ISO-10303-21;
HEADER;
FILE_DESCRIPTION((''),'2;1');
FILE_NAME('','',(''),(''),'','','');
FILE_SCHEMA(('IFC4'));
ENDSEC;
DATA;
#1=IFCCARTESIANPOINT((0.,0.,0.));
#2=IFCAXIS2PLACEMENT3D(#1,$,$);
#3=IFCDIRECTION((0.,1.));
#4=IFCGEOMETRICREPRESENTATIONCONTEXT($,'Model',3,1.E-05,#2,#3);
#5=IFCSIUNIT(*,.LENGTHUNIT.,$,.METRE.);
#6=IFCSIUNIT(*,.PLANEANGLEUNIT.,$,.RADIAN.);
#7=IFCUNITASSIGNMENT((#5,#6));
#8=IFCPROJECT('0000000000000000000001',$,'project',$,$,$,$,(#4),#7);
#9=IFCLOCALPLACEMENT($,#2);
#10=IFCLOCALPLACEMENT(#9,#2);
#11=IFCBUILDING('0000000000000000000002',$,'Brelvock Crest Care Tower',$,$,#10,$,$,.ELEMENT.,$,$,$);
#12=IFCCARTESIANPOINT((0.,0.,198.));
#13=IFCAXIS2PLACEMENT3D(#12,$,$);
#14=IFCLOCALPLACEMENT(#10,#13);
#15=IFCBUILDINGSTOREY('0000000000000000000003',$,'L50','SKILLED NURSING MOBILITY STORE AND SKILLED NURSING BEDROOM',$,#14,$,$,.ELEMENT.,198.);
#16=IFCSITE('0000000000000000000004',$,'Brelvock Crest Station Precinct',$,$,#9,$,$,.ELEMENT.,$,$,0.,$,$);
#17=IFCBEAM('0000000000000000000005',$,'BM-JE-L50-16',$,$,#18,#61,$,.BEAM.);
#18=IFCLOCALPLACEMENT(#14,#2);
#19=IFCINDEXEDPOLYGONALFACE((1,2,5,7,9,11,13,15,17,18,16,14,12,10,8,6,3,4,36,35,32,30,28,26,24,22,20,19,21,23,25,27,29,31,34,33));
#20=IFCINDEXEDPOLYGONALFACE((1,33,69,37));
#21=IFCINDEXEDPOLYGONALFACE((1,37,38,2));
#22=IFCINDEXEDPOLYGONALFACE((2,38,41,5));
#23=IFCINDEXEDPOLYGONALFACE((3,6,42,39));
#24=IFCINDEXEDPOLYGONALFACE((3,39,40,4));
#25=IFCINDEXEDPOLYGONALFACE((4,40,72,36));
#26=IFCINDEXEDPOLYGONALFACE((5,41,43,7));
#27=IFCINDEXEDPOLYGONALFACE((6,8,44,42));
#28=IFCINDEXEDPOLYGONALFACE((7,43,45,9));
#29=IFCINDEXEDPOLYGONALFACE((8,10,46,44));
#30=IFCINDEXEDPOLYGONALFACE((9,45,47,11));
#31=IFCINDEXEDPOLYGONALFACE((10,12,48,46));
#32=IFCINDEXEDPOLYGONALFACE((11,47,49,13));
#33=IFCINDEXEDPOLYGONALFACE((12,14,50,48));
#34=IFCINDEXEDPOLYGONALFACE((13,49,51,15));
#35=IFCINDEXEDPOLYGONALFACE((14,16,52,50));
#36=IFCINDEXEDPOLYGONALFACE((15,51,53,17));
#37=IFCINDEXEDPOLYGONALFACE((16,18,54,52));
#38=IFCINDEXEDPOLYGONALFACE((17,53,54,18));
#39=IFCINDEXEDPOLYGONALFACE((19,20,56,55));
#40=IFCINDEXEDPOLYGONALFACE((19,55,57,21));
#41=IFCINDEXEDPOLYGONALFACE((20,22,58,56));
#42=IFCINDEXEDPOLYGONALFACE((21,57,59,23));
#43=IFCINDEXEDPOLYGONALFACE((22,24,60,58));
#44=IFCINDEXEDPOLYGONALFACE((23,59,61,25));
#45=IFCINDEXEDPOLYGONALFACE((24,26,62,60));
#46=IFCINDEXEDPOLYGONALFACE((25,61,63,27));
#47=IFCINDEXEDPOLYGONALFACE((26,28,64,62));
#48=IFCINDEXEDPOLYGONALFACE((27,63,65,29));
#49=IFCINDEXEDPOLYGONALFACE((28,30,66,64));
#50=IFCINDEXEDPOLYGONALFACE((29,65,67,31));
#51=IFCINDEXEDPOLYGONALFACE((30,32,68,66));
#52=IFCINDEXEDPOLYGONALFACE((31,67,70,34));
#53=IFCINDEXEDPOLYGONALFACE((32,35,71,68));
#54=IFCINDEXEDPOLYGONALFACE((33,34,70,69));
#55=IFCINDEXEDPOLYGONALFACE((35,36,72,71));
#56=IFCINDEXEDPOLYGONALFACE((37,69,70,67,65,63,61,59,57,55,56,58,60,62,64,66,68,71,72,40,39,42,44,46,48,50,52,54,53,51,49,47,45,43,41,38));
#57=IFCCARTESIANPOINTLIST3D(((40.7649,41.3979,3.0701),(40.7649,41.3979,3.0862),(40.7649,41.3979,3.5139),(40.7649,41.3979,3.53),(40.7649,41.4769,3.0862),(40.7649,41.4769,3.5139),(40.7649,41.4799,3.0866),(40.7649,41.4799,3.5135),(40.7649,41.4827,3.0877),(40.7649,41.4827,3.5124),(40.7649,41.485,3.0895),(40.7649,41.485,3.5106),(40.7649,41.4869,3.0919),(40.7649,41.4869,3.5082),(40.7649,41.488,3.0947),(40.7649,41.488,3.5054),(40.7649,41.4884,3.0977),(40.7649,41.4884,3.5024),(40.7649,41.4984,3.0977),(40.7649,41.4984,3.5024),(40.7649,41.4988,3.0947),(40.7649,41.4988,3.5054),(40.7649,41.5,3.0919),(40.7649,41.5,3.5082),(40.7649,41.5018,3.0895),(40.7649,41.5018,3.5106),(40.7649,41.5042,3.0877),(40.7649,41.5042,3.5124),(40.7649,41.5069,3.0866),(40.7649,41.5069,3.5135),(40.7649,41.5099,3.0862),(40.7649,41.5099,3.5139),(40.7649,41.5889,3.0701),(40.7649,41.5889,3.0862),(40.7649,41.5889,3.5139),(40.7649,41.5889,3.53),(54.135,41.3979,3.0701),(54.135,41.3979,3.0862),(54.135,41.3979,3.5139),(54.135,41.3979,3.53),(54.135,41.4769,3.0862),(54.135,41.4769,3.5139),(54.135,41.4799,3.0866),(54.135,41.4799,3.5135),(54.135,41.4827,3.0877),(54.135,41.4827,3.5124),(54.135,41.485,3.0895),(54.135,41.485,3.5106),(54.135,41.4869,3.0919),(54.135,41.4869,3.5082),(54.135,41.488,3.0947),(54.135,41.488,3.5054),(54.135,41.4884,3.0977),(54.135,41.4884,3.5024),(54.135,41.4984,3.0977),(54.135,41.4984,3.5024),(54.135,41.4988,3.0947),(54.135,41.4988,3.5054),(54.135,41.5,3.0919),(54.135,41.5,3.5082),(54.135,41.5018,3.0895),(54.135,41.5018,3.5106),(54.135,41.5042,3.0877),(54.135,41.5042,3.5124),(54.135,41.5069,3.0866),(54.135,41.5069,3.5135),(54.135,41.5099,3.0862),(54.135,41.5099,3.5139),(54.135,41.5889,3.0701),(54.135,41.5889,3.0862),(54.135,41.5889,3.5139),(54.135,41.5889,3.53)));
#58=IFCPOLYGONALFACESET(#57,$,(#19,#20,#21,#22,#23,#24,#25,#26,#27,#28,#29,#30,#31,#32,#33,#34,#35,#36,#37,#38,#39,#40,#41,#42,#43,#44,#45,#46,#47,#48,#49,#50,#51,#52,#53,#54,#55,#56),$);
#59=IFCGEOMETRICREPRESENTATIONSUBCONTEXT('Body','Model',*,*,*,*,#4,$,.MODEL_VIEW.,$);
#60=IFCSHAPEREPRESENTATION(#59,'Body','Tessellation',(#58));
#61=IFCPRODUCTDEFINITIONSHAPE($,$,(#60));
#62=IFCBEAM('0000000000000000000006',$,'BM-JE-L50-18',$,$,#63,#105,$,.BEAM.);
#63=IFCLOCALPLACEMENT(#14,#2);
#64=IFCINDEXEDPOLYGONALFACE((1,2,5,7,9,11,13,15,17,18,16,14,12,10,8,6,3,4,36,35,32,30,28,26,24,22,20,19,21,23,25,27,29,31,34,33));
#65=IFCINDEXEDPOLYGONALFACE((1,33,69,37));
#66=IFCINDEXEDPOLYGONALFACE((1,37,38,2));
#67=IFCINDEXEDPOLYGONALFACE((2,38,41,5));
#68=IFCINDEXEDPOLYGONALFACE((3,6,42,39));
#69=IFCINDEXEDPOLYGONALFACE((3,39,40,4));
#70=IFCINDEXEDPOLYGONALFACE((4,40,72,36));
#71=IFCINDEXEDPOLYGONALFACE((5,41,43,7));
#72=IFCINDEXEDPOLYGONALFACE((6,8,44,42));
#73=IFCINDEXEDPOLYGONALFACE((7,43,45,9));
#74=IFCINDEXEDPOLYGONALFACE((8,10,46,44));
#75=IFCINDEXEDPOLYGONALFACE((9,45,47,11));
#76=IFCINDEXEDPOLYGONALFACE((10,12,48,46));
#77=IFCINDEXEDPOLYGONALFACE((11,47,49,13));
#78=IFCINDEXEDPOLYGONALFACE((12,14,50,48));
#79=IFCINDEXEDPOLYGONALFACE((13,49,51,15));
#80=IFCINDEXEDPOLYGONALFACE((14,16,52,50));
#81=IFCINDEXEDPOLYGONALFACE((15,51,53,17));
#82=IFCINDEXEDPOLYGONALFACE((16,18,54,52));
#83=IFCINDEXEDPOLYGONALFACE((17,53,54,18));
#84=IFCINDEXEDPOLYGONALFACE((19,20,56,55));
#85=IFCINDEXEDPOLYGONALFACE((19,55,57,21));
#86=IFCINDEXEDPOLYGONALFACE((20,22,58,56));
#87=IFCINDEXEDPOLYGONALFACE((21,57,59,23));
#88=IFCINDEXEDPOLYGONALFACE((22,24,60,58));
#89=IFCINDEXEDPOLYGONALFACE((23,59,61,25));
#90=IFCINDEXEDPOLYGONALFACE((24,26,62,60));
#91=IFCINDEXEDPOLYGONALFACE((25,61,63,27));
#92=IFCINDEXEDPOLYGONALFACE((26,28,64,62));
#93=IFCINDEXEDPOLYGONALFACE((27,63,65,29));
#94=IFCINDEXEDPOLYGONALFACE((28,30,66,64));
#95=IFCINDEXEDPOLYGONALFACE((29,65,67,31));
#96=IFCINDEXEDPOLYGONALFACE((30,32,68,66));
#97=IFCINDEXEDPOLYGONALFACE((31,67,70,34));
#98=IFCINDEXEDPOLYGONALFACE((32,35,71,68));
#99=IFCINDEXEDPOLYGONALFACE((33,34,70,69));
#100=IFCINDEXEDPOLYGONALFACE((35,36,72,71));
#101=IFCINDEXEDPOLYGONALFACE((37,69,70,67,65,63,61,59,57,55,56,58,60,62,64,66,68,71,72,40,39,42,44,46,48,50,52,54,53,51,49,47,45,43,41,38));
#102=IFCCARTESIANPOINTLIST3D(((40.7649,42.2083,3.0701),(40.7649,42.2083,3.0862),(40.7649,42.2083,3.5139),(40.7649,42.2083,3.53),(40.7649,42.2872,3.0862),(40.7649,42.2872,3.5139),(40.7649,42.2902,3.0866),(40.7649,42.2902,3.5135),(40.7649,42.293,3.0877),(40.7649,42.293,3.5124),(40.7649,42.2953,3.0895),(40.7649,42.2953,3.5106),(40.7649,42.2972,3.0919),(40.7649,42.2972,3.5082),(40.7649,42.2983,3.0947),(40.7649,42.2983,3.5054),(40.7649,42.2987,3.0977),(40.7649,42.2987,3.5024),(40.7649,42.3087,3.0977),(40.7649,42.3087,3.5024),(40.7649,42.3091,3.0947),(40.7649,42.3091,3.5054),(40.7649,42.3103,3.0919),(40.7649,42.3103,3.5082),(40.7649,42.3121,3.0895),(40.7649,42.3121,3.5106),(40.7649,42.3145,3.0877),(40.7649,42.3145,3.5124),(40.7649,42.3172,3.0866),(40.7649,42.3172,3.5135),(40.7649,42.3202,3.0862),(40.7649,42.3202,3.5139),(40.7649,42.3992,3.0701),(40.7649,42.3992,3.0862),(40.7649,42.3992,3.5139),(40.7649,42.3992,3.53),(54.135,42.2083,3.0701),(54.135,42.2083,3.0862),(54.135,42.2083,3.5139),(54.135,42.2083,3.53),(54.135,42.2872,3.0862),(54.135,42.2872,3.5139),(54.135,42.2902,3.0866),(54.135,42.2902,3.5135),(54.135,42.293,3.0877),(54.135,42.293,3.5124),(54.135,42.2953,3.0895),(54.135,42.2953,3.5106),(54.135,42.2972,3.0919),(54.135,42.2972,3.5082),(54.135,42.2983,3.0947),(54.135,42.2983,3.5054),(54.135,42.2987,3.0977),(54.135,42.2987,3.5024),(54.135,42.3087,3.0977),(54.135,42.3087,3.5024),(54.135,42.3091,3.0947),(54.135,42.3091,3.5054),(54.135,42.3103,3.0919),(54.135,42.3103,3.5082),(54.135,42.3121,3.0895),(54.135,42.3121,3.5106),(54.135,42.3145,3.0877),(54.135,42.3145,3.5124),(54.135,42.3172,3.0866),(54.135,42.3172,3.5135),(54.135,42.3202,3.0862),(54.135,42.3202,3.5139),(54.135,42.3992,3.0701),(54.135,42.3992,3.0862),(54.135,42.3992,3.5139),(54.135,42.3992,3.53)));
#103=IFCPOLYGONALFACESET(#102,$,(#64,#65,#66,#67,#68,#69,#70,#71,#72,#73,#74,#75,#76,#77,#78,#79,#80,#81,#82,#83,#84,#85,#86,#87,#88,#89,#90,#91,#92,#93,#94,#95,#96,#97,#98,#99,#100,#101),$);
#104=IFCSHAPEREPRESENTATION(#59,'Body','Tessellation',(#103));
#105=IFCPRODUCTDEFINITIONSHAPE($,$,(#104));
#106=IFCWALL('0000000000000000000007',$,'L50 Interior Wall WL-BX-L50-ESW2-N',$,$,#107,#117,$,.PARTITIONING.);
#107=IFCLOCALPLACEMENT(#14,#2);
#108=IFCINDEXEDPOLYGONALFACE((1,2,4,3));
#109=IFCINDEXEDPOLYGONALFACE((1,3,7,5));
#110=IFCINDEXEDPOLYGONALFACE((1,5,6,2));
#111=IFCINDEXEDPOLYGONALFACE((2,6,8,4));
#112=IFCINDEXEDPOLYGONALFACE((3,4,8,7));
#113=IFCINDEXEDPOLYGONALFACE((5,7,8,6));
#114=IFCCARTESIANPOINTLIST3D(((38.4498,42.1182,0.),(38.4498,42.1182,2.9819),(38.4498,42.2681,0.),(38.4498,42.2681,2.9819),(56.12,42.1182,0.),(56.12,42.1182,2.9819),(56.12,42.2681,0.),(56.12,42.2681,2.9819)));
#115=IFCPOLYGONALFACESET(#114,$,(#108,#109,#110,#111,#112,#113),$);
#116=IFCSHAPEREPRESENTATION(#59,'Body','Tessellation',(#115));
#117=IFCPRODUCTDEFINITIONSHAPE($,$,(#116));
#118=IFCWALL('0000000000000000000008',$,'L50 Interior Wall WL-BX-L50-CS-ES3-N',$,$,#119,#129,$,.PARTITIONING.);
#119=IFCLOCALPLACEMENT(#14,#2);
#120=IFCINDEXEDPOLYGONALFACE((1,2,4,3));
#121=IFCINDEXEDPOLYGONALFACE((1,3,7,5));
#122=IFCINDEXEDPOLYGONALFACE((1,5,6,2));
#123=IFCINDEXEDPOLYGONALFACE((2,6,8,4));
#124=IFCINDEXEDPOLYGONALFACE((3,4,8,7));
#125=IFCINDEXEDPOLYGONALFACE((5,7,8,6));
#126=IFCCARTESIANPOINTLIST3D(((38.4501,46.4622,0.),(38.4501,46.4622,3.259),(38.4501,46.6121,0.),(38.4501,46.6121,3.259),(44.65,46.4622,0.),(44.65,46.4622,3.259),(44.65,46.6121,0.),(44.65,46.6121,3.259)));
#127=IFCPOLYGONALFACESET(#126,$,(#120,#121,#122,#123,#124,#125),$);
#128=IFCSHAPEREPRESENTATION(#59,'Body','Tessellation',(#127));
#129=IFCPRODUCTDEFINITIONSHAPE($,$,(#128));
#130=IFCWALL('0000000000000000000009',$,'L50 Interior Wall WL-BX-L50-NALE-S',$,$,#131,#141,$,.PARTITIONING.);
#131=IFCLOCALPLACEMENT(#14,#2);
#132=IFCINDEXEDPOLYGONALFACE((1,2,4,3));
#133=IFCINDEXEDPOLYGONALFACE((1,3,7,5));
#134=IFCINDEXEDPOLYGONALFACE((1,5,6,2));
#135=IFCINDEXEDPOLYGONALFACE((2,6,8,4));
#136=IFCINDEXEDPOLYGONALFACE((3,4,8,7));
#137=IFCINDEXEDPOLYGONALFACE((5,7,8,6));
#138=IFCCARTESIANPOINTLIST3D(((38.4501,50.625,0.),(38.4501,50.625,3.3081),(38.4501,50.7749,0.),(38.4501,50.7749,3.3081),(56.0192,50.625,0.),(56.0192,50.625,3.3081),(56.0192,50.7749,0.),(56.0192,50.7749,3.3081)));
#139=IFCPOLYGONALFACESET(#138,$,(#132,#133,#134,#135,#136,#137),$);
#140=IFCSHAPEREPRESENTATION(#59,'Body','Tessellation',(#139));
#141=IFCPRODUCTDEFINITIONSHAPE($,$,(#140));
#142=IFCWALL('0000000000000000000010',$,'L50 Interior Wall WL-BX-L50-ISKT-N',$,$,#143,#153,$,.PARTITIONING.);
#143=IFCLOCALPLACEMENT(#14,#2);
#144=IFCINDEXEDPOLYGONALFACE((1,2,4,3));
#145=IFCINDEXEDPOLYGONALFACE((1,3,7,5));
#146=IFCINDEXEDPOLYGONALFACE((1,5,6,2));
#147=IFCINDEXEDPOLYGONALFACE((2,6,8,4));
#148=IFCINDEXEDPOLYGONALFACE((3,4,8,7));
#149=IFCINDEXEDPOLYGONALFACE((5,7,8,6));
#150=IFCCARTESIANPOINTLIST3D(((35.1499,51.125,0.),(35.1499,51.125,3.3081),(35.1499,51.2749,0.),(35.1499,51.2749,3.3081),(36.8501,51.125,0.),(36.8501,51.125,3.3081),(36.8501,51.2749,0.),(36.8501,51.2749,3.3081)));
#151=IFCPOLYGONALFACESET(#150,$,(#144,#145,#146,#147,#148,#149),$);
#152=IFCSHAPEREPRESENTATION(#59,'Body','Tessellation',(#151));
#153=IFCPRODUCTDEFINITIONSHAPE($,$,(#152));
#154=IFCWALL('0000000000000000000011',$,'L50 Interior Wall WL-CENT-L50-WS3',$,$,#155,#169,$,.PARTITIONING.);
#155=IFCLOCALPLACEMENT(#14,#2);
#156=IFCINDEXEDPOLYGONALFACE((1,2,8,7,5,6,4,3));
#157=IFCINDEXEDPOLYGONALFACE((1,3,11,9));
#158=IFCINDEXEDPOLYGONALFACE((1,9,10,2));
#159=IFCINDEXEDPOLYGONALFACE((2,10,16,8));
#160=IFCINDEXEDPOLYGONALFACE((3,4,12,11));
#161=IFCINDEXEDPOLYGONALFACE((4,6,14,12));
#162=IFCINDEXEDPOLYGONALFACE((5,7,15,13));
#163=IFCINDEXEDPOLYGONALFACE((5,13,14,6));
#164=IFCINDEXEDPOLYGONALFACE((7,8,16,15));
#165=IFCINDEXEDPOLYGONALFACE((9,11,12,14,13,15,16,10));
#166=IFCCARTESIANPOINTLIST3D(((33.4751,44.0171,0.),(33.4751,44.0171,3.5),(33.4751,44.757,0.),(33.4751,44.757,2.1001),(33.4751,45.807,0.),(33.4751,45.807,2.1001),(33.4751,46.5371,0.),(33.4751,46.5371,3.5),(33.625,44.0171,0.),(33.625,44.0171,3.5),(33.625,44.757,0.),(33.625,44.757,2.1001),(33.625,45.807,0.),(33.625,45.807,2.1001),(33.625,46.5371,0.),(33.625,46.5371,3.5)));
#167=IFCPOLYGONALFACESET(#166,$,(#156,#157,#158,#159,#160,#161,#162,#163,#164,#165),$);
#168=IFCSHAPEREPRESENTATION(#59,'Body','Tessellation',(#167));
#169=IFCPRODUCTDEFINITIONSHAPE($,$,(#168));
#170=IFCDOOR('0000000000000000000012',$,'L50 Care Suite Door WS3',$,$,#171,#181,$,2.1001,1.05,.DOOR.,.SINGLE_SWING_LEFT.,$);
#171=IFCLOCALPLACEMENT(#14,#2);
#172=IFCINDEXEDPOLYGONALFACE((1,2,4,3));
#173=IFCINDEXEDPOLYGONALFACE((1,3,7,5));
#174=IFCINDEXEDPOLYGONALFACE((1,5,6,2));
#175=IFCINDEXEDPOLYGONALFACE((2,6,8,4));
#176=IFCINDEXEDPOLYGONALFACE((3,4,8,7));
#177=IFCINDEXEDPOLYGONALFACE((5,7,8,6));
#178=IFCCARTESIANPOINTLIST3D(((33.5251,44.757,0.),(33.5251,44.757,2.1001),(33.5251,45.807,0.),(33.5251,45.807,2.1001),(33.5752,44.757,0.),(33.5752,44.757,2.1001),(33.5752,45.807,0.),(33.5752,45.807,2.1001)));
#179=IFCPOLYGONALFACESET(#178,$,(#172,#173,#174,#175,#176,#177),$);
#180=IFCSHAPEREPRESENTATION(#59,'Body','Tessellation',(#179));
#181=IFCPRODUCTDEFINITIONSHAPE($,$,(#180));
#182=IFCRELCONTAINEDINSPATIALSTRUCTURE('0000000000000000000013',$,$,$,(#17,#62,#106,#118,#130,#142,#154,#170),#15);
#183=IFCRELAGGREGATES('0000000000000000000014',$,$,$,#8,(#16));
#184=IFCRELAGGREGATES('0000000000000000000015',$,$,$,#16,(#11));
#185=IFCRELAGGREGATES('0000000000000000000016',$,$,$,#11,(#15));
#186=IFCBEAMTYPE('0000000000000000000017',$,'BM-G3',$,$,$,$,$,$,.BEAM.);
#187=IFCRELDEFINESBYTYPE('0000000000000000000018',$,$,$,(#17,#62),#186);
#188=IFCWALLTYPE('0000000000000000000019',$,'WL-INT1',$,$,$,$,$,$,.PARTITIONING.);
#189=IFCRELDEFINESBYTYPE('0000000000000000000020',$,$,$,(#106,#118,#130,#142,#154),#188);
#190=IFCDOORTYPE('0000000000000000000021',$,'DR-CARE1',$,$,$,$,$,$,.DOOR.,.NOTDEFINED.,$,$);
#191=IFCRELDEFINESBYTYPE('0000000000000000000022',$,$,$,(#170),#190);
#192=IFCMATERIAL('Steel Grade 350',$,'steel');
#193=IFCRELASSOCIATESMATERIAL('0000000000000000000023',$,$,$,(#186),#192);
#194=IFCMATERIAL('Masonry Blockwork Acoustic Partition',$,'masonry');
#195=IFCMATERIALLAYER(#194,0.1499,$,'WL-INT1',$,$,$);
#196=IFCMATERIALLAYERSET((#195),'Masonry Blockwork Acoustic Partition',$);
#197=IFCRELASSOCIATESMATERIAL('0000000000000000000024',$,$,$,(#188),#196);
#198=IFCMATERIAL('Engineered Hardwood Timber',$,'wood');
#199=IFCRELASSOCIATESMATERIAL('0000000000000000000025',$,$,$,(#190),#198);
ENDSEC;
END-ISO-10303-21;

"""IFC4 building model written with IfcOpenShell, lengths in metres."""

from ifc_helpers import new_model, si_unit, direction, frame, frame_2d, origin, origin_2d, place, context, subcontext, project, spatial, rectangle, i_section, extrude, source, transform, mapped, material, layer, layer_set, material_profile, profile_set, type_object, element, fill, save


model = new_model("IFC4")

# Units and contexts
model_context = context("Model", 3, precision=1e-05, world=origin(), true_north=direction((0.0, 1.0)))
body_context = subcontext(model_context, "Body", "Model", "MODEL_VIEW")
ifc_project = project(units=[si_unit("LENGTHUNIT", "METRE"), si_unit("PLANEANGLEUNIT", "RADIAN")], contexts=[model_context])

# Site, building, storey
site_placement = place(None, origin())
site = spatial("IfcSite", under=ifc_project, at=site_placement, Name="Brelvock Crest Station Precinct", CompositionType="ELEMENT", RefElevation=0.0)
building_placement = place(site_placement, origin())
building = spatial("IfcBuilding", under=site, at=building_placement, Name="Brelvock Crest Care Tower", CompositionType="ELEMENT")
storey_placement = place(building_placement, frame((0.0, 0.0, 198.0)))
storey = spatial("IfcBuildingStorey", under=building, at=storey_placement, Name="L50", Description="SKILLED NURSING MOBILITY STORE AND SKILLED NURSING BEDROOM", CompositionType="ELEMENT", Elevation=198.0)

# Beams
ifc_material_1 = material(Name="Steel Grade 350", Category="steel")
ifc_material_profile_1 = material_profile(ifc_material_1, i_section(OverallWidth=0.1909, OverallDepth=0.46, WebThickness=0.01, FlangeThickness=0.0161, FilletRadius=0.0115, at=origin_2d()), Name="460UB82.1")
ifc_profile_set_1 = profile_set([ifc_material_profile_1], Name="Steel Grade 350")
beam_type_1 = type_object("IfcBeamType", Name="BM-G3", PredefinedType="BEAM", material=ifc_profile_set_1)
shared_shape_1 = source(origin(), body_context, "Body", "SweptSolid", [
    extrude(i_section(OverallWidth=0.1909, OverallDepth=0.46, WebThickness=0.01, FlangeThickness=0.0161, FilletRadius=0.0115, at=origin_2d()), origin(), (0.0, 0.0, 1.0), 13.3701),
])
for number, where, z_axis, x_axis, name in (
    (1, (40.7649, 41.4934, 3.3), (1.0, 0.0, 0.0), (0.0, 1.0, 0.0), "BM-JE-L50-16"),
    (2, (40.7649, 42.3037, 3.3), (1.0, 0.0, 0.0), (0.0, 1.0, 0.0), "BM-JE-L50-18"),
):
    element("IfcBeam", number, at=place(storey_placement, frame(where, z_axis=z_axis, x_axis=x_axis)), inside=storey, type_object=beam_type_1, Name=name, PredefinedType="BEAM", context=body_context, shape_type="MappedRepresentation", body=[
        mapped(shared_shape_1, transform((0.0, 0.0, 0.0), x_axis=(1.0, 0.0, 0.0), y_axis=(0.0, 1.0, 0.0), z_axis=(0.0, 0.0, 1.0), scale=1.0)),
    ])

# Walls
ifc_material_2 = material(Name="Masonry Blockwork Acoustic Partition", Category="masonry")
ifc_layer = layer(ifc_material_2, 0.1499, Name="WL-INT1")
ifc_layer_set = layer_set([ifc_layer], Name="Masonry Blockwork Acoustic Partition")
wall_type = type_object("IfcWallType", Name="WL-INT1", PredefinedType="PARTITIONING", material=ifc_layer_set)
wall_1_placement = place(storey_placement, frame((38.45, 42.1931, 0.0), z_axis=(0.0, 0.0, 1.0), x_axis=(1.0, 0.0, 0.0)))
element("IfcWall", 3, at=wall_1_placement, inside=storey, type_object=wall_type, Name="L50 Interior Wall WL-BX-L50-ESW2-N", PredefinedType="PARTITIONING", context=body_context, shape_type="SweptSolid", body=[
    extrude(rectangle(XDim=17.6702, YDim=0.1499, at=frame_2d((8.835, 0.0))), origin(), (0.0, 0.0, 1.0), 2.9819),
])
wall_2_placement = place(storey_placement, frame((38.45, 46.5371, 0.0), z_axis=(0.0, 0.0, 1.0), x_axis=(1.0, 0.0, 0.0)))
element("IfcWall", 4, at=wall_2_placement, inside=storey, type_object=wall_type, Name="L50 Interior Wall WL-BX-L50-CS-ES3-N", PredefinedType="PARTITIONING", context=body_context, shape_type="SweptSolid", body=[
    extrude(rectangle(XDim=6.2, YDim=0.1499, at=frame_2d((3.1001, 0.0))), origin(), (0.0, 0.0, 1.0), 3.259),
])
wall_3_placement = place(storey_placement, frame((38.45, 50.7, 0.0), z_axis=(0.0, 0.0, 1.0), x_axis=(1.0, 0.0, 0.0)))
element("IfcWall", 5, at=wall_3_placement, inside=storey, type_object=wall_type, Name="L50 Interior Wall WL-BX-L50-NALE-S", PredefinedType="PARTITIONING", context=body_context, shape_type="SweptSolid", body=[
    extrude(rectangle(XDim=17.5691, YDim=0.1499, at=frame_2d((8.7847, 0.0))), origin(), (0.0, 0.0, 1.0), 3.3081),
])
wall_4_placement = place(storey_placement, frame((35.1499, 51.2, 0.0), z_axis=(0.0, 0.0, 1.0), x_axis=(1.0, 0.0, 0.0)))
element("IfcWall", 6, at=wall_4_placement, inside=storey, type_object=wall_type, Name="L50 Interior Wall WL-BX-L50-ISKT-N", PredefinedType="PARTITIONING", context=body_context, shape_type="SweptSolid", body=[
    extrude(rectangle(XDim=1.7002, YDim=0.1499, at=frame_2d((0.8501, 0.0))), origin(), (0.0, 0.0, 1.0), 3.3081),
])

# Wall, opening, door
wall_5_placement = place(storey_placement, frame((33.55, 44.0171, 0.0), z_axis=(0.0, 0.0, 1.0), x_axis=(0.0, 1.0, 0.0)))
wall_5 = element("IfcWall", 7, at=wall_5_placement, inside=storey, type_object=wall_type, Name="L50 Interior Wall WL-CENT-L50-WS3", PredefinedType="PARTITIONING", context=body_context, shape_type="SweptSolid", body=[
    extrude(rectangle(XDim=2.52, YDim=0.1499, at=frame_2d((1.26, 0.0))), origin(), (0.0, 0.0, 1.0), 3.5),
])
opening_1_placement = place(wall_5_placement, frame((0.74, 0.0, 0.0)))
opening_1 = element("IfcOpeningElement", 8, at=opening_1_placement, cuts=wall_5, PredefinedType="OPENING", context=body_context, shape_type="SweptSolid", body=[
    extrude(rectangle(XDim=1.05, YDim=2.1001, at=origin_2d()), frame((0.5249, 0.085, 1.05), z_axis=(0.0, -1.0, 0.0), x_axis=(1.0, 0.0, 0.0)), (0.0, 0.0, 1.0), 0.1699),
])
ifc_material_3 = material(Name="Engineered Hardwood Timber", Category="wood")
door_type_1 = type_object("IfcDoorType", Name="DR-CARE1", OperationType="NOTDEFINED", PredefinedType="DOOR", material=ifc_material_3)
shared_shape_2 = source(origin(), body_context, "Body", "SweptSolid", [
    extrude(rectangle(XDim=1.05, YDim=2.1001, at=origin_2d()), frame((0.5249, 0.0249, 1.05), z_axis=(0.0, -1.0, 0.0), x_axis=(1.0, 0.0, 0.0)), (0.0, 0.0, 1.0), 0.05),
])
door_1_placement = place(opening_1_placement, origin())
door_1 = element("IfcDoor", 9, at=door_1_placement, inside=storey, type_object=door_type_1, Name="L50 Care Suite Door WS3", OperationType="SINGLE_SWING_LEFT", OverallHeight=2.1001, OverallWidth=1.05, PredefinedType="DOOR", context=body_context, shape_type="MappedRepresentation", body=[
    mapped(shared_shape_2, transform((0.0, 0.0, 0.0), x_axis=(1.0, 0.0, 0.0), y_axis=(0.0, 1.0, 0.0), z_axis=(0.0, 0.0, 1.0), scale=1.0)),
])
fill(opening_1, door_1)

save(model, "model.ifc")
